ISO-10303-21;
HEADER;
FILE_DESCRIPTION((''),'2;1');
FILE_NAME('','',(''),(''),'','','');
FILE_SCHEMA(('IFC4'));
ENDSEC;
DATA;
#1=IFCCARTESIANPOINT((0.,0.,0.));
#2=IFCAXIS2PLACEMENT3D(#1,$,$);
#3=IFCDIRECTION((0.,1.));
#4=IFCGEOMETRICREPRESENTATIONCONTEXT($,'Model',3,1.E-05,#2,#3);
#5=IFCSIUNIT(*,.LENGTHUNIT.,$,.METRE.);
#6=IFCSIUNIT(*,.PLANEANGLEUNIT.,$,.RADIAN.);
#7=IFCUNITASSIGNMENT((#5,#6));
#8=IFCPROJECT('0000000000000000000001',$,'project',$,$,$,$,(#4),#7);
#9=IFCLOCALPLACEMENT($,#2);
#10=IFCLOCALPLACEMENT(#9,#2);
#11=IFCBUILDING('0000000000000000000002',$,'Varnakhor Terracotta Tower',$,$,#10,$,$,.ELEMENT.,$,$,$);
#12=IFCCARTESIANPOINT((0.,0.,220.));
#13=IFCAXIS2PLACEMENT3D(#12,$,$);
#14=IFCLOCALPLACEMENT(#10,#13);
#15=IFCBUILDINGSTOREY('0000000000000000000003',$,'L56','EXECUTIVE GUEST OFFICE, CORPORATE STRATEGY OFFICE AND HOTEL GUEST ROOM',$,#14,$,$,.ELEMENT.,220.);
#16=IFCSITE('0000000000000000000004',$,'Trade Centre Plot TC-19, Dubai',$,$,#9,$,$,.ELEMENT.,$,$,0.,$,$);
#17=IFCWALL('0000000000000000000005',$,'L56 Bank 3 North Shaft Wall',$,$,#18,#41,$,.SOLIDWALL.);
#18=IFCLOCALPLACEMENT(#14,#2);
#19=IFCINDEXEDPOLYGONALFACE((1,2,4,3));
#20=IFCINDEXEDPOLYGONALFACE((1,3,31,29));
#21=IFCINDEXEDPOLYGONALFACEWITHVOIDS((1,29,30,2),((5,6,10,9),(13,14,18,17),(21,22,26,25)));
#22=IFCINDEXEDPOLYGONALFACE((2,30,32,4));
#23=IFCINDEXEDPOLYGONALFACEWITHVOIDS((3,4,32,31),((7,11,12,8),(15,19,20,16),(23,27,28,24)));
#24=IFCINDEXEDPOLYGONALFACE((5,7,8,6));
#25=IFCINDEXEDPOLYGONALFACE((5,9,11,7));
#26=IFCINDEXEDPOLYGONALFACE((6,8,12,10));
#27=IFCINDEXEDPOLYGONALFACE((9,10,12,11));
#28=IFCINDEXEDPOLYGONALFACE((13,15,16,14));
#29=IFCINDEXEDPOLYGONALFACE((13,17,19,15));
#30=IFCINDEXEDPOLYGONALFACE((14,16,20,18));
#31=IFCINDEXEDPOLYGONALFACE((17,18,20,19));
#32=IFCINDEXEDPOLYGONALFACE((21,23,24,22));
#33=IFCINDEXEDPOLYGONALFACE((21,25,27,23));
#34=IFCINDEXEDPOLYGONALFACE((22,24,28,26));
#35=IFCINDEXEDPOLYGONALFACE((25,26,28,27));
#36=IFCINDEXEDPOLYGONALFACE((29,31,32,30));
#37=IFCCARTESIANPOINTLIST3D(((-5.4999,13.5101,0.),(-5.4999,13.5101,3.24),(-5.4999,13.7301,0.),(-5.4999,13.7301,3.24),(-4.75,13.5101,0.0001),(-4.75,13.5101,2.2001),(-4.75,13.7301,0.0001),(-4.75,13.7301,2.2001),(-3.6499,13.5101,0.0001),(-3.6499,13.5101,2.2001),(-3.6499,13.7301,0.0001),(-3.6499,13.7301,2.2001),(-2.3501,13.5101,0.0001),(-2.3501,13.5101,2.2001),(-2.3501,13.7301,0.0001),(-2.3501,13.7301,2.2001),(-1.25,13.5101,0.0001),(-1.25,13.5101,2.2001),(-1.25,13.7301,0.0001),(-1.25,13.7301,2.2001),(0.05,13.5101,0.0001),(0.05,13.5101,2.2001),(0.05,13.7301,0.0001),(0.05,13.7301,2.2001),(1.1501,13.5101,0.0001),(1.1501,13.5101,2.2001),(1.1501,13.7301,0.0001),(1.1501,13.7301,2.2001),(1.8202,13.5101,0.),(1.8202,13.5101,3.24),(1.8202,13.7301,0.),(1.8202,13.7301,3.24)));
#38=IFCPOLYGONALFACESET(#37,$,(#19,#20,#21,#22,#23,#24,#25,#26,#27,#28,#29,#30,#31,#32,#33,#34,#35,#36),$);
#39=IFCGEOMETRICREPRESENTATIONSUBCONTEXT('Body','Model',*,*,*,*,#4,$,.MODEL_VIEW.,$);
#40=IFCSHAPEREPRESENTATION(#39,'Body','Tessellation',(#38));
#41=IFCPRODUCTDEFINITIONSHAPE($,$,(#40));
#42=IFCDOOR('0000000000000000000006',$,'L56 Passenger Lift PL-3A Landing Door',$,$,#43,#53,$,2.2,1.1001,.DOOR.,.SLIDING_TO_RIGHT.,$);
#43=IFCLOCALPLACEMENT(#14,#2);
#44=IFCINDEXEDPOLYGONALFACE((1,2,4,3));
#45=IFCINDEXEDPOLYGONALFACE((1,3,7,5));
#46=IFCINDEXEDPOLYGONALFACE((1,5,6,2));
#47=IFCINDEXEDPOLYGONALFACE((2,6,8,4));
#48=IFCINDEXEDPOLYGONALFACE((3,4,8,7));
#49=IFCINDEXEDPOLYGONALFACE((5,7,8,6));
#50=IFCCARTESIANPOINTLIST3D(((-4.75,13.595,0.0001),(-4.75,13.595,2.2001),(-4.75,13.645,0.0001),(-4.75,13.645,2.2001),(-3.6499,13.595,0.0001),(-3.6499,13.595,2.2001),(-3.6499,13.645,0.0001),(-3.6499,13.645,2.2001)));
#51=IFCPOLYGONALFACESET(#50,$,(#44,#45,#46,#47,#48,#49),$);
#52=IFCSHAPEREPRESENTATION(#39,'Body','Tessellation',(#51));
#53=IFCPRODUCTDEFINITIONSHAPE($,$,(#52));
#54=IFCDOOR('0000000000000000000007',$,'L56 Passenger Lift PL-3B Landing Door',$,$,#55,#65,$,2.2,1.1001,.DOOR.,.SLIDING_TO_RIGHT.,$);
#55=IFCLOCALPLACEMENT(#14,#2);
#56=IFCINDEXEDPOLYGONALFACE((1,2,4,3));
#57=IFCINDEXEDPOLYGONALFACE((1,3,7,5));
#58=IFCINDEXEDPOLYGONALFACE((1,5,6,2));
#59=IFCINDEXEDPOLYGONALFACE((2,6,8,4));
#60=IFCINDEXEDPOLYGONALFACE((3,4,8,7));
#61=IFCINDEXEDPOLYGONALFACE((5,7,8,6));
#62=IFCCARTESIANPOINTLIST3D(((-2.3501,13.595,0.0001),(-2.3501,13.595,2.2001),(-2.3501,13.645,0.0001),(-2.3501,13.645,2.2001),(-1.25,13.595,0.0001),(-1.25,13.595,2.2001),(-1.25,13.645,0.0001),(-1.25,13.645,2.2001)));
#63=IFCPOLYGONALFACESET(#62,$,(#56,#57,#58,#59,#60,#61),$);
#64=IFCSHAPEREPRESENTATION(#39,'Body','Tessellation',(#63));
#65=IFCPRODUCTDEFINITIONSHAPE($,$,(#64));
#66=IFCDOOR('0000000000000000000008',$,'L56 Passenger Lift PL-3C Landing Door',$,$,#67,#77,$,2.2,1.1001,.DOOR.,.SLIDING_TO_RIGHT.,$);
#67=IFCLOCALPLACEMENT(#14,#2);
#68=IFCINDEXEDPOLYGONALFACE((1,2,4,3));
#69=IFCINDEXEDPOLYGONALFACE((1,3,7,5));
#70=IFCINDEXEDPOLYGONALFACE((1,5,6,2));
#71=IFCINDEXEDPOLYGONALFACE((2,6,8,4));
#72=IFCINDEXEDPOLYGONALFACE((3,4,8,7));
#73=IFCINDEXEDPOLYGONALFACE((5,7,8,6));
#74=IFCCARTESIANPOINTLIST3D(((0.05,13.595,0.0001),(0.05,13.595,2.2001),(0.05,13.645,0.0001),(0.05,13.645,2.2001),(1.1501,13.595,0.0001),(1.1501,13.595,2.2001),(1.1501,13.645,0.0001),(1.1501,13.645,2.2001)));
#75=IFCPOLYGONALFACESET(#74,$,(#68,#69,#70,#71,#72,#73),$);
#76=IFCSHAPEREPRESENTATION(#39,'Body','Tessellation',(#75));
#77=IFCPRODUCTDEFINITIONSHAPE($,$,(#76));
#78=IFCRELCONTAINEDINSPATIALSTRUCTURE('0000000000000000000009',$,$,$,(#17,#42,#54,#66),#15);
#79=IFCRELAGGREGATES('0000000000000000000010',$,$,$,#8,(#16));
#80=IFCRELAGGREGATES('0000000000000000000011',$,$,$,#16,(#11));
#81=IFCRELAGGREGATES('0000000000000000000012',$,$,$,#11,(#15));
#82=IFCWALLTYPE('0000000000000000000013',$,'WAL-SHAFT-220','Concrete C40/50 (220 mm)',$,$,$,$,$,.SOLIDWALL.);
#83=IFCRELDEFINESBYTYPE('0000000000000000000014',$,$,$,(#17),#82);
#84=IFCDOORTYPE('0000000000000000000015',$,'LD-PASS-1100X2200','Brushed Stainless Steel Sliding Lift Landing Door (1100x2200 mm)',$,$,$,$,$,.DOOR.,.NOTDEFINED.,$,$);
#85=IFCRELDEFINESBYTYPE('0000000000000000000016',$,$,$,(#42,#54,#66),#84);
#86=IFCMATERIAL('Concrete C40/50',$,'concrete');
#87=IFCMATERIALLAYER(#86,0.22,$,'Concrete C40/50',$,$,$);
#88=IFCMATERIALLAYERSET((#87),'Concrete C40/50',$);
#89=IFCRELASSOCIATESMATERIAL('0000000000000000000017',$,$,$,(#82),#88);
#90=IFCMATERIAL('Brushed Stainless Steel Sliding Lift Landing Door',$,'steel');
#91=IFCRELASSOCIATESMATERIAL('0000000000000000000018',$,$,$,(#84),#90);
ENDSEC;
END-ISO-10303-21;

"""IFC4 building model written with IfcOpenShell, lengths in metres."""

from ifc_helpers import new_model, si_unit, direction, frame, frame_2d, origin, place, context, subcontext, project, spatial, rectangle, extrude, source, transform, mapped, material, layer, layer_set, type_object, type_shapes, element, fill, save


model = new_model("IFC4")

# Units and contexts
model_context = context("Model", 3, precision=1e-05, world=origin(), true_north=direction((0.0, 1.0)))
body_context = subcontext(model_context, "Body", "Model", "MODEL_VIEW")
ifc_project = project(units=[si_unit("LENGTHUNIT", "METRE"), si_unit("PLANEANGLEUNIT", "RADIAN")], contexts=[model_context])

# Site, building, storey
site_placement = place(None, origin())
site = spatial("IfcSite", under=ifc_project, at=site_placement, Name="Trade Centre Plot TC-19, Dubai", CompositionType="ELEMENT", RefElevation=0.0)
building_placement = place(site_placement, origin())
building = spatial("IfcBuilding", under=site, at=building_placement, Name="Varnakhor Terracotta Tower", CompositionType="ELEMENT")
storey_placement = place(building_placement, frame((0.0, 0.0, 220.0)))
storey = spatial("IfcBuildingStorey", under=building, at=storey_placement, Name="L56", Description="EXECUTIVE GUEST OFFICE, CORPORATE STRATEGY OFFICE AND HOTEL GUEST ROOM", CompositionType="ELEMENT", Elevation=220.0)

# Wall, openings, doors
ifc_material_1 = material(Name="Concrete C40/50", Category="concrete")
ifc_layer_1 = layer(ifc_material_1, 0.22, Name="Concrete C40/50")
ifc_layer_set_1 = layer_set([ifc_layer_1], Name="Concrete C40/50")
wall_type_1 = type_object("IfcWallType", Name="WAL-SHAFT-220", Description="Concrete C40/50 (220 mm)", PredefinedType="SOLIDWALL", material=ifc_layer_set_1)
wall_1_placement = place(storey_placement, frame((-5.5, 13.6201, 0.0), z_axis=(0.0, 0.0, 1.0), x_axis=(1.0, 0.0, 0.0)))
wall_1 = element("IfcWall", 1, at=wall_1_placement, inside=storey, type_object=wall_type_1, Name="L56 Bank 3 North Shaft Wall", PredefinedType="SOLIDWALL", context=body_context, shape_type="SweptSolid", body=[
    extrude(rectangle(XDim=7.3201, YDim=0.22, at=frame_2d((3.6602, 0.0))), origin(), (0.0, 0.0, 1.0), 3.24),
])
opening_1_placement = place(wall_1_placement, frame((0.75, 0.0, 0.0)))
opening_1 = element("IfcOpeningElement", 2, at=opening_1_placement, cuts=wall_1, PredefinedType="OPENING", context=body_context, shape_type="SweptSolid", body=[
    extrude(rectangle(XDim=1.1001, YDim=2.2, at=frame_2d((0.55, 1.1001))), frame((0.0, 0.1201, 0.0), z_axis=(0.0, -1.0, 0.0), x_axis=(1.0, 0.0, 0.0)), (0.0, 0.0, 1.0), 0.24),
])
opening_2_placement = place(wall_1_placement, frame((3.1499, 0.0, 0.0)))
opening_2 = element("IfcOpeningElement", 3, at=opening_2_placement, cuts=wall_1, PredefinedType="OPENING", context=body_context, shape_type="SweptSolid", body=[
    extrude(rectangle(XDim=1.1001, YDim=2.2, at=frame_2d((0.55, 1.1001))), frame((0.0, 0.1201, 0.0), z_axis=(0.0, -1.0, 0.0), x_axis=(1.0, 0.0, 0.0)), (0.0, 0.0, 1.0), 0.24),
])
opening_3_placement = place(wall_1_placement, frame((5.55, 0.0, 0.0)))
opening_3 = element("IfcOpeningElement", 4, at=opening_3_placement, cuts=wall_1, PredefinedType="OPENING", context=body_context, shape_type="SweptSolid", body=[
    extrude(rectangle(XDim=1.1001, YDim=2.2, at=frame_2d((0.55, 1.1001))), frame((0.0, 0.1201, 0.0), z_axis=(0.0, -1.0, 0.0), x_axis=(1.0, 0.0, 0.0)), (0.0, 0.0, 1.0), 0.24),
])
ifc_material_2 = material(Name="Brushed Stainless Steel Sliding Lift Landing Door", Category="steel")
door_type_1 = type_object("IfcDoorType", Name="LD-PASS-1100X2200", Description="Brushed Stainless Steel Sliding Lift Landing Door (1100x2200 mm)", OperationType="NOTDEFINED", PredefinedType="DOOR", material=ifc_material_2)
shared_shape_1 = source(origin(), body_context, "Body", "SweptSolid", [
    extrude(rectangle(XDim=1.1001, YDim=2.2, at=frame_2d((0.55, 1.1001))), frame((0.0, 0.0249, 0.0), z_axis=(0.0, -1.0, 0.0), x_axis=(1.0, 0.0, 0.0)), (0.0, 0.0, 1.0), 0.05),
])
type_shapes(door_type_1, [shared_shape_1])
door_1_placement = place(opening_1_placement, origin())
door_1 = element("IfcDoor", 5, at=door_1_placement, inside=storey, type_object=door_type_1, Name="L56 Passenger Lift PL-3A Landing Door", OperationType="SLIDING_TO_RIGHT", OverallHeight=2.2, OverallWidth=1.1001, PredefinedType="DOOR", context=body_context, shape_type="MappedRepresentation", body=[
    mapped(shared_shape_1, transform((0.0, 0.0, 0.0), scale=1.0)),
])
fill(opening_1, door_1)
door_2_placement = place(opening_2_placement, origin())
door_2 = element("IfcDoor", 6, at=door_2_placement, inside=storey, type_object=door_type_1, Name="L56 Passenger Lift PL-3B Landing Door", OperationType="SLIDING_TO_RIGHT", OverallHeight=2.2, OverallWidth=1.1001, PredefinedType="DOOR", context=body_context, shape_type="MappedRepresentation", body=[
    mapped(shared_shape_1, transform((0.0, 0.0, 0.0), scale=1.0)),
])
fill(opening_2, door_2)
door_3_placement = place(opening_3_placement, origin())
door_3 = element("IfcDoor", 7, at=door_3_placement, inside=storey, type_object=door_type_1, Name="L56 Passenger Lift PL-3C Landing Door", OperationType="SLIDING_TO_RIGHT", OverallHeight=2.2, OverallWidth=1.1001, PredefinedType="DOOR", context=body_context, shape_type="MappedRepresentation", body=[
    mapped(shared_shape_1, transform((0.0, 0.0, 0.0), scale=1.0)),
])
fill(opening_3, door_3)

save(model, "model.ifc")
